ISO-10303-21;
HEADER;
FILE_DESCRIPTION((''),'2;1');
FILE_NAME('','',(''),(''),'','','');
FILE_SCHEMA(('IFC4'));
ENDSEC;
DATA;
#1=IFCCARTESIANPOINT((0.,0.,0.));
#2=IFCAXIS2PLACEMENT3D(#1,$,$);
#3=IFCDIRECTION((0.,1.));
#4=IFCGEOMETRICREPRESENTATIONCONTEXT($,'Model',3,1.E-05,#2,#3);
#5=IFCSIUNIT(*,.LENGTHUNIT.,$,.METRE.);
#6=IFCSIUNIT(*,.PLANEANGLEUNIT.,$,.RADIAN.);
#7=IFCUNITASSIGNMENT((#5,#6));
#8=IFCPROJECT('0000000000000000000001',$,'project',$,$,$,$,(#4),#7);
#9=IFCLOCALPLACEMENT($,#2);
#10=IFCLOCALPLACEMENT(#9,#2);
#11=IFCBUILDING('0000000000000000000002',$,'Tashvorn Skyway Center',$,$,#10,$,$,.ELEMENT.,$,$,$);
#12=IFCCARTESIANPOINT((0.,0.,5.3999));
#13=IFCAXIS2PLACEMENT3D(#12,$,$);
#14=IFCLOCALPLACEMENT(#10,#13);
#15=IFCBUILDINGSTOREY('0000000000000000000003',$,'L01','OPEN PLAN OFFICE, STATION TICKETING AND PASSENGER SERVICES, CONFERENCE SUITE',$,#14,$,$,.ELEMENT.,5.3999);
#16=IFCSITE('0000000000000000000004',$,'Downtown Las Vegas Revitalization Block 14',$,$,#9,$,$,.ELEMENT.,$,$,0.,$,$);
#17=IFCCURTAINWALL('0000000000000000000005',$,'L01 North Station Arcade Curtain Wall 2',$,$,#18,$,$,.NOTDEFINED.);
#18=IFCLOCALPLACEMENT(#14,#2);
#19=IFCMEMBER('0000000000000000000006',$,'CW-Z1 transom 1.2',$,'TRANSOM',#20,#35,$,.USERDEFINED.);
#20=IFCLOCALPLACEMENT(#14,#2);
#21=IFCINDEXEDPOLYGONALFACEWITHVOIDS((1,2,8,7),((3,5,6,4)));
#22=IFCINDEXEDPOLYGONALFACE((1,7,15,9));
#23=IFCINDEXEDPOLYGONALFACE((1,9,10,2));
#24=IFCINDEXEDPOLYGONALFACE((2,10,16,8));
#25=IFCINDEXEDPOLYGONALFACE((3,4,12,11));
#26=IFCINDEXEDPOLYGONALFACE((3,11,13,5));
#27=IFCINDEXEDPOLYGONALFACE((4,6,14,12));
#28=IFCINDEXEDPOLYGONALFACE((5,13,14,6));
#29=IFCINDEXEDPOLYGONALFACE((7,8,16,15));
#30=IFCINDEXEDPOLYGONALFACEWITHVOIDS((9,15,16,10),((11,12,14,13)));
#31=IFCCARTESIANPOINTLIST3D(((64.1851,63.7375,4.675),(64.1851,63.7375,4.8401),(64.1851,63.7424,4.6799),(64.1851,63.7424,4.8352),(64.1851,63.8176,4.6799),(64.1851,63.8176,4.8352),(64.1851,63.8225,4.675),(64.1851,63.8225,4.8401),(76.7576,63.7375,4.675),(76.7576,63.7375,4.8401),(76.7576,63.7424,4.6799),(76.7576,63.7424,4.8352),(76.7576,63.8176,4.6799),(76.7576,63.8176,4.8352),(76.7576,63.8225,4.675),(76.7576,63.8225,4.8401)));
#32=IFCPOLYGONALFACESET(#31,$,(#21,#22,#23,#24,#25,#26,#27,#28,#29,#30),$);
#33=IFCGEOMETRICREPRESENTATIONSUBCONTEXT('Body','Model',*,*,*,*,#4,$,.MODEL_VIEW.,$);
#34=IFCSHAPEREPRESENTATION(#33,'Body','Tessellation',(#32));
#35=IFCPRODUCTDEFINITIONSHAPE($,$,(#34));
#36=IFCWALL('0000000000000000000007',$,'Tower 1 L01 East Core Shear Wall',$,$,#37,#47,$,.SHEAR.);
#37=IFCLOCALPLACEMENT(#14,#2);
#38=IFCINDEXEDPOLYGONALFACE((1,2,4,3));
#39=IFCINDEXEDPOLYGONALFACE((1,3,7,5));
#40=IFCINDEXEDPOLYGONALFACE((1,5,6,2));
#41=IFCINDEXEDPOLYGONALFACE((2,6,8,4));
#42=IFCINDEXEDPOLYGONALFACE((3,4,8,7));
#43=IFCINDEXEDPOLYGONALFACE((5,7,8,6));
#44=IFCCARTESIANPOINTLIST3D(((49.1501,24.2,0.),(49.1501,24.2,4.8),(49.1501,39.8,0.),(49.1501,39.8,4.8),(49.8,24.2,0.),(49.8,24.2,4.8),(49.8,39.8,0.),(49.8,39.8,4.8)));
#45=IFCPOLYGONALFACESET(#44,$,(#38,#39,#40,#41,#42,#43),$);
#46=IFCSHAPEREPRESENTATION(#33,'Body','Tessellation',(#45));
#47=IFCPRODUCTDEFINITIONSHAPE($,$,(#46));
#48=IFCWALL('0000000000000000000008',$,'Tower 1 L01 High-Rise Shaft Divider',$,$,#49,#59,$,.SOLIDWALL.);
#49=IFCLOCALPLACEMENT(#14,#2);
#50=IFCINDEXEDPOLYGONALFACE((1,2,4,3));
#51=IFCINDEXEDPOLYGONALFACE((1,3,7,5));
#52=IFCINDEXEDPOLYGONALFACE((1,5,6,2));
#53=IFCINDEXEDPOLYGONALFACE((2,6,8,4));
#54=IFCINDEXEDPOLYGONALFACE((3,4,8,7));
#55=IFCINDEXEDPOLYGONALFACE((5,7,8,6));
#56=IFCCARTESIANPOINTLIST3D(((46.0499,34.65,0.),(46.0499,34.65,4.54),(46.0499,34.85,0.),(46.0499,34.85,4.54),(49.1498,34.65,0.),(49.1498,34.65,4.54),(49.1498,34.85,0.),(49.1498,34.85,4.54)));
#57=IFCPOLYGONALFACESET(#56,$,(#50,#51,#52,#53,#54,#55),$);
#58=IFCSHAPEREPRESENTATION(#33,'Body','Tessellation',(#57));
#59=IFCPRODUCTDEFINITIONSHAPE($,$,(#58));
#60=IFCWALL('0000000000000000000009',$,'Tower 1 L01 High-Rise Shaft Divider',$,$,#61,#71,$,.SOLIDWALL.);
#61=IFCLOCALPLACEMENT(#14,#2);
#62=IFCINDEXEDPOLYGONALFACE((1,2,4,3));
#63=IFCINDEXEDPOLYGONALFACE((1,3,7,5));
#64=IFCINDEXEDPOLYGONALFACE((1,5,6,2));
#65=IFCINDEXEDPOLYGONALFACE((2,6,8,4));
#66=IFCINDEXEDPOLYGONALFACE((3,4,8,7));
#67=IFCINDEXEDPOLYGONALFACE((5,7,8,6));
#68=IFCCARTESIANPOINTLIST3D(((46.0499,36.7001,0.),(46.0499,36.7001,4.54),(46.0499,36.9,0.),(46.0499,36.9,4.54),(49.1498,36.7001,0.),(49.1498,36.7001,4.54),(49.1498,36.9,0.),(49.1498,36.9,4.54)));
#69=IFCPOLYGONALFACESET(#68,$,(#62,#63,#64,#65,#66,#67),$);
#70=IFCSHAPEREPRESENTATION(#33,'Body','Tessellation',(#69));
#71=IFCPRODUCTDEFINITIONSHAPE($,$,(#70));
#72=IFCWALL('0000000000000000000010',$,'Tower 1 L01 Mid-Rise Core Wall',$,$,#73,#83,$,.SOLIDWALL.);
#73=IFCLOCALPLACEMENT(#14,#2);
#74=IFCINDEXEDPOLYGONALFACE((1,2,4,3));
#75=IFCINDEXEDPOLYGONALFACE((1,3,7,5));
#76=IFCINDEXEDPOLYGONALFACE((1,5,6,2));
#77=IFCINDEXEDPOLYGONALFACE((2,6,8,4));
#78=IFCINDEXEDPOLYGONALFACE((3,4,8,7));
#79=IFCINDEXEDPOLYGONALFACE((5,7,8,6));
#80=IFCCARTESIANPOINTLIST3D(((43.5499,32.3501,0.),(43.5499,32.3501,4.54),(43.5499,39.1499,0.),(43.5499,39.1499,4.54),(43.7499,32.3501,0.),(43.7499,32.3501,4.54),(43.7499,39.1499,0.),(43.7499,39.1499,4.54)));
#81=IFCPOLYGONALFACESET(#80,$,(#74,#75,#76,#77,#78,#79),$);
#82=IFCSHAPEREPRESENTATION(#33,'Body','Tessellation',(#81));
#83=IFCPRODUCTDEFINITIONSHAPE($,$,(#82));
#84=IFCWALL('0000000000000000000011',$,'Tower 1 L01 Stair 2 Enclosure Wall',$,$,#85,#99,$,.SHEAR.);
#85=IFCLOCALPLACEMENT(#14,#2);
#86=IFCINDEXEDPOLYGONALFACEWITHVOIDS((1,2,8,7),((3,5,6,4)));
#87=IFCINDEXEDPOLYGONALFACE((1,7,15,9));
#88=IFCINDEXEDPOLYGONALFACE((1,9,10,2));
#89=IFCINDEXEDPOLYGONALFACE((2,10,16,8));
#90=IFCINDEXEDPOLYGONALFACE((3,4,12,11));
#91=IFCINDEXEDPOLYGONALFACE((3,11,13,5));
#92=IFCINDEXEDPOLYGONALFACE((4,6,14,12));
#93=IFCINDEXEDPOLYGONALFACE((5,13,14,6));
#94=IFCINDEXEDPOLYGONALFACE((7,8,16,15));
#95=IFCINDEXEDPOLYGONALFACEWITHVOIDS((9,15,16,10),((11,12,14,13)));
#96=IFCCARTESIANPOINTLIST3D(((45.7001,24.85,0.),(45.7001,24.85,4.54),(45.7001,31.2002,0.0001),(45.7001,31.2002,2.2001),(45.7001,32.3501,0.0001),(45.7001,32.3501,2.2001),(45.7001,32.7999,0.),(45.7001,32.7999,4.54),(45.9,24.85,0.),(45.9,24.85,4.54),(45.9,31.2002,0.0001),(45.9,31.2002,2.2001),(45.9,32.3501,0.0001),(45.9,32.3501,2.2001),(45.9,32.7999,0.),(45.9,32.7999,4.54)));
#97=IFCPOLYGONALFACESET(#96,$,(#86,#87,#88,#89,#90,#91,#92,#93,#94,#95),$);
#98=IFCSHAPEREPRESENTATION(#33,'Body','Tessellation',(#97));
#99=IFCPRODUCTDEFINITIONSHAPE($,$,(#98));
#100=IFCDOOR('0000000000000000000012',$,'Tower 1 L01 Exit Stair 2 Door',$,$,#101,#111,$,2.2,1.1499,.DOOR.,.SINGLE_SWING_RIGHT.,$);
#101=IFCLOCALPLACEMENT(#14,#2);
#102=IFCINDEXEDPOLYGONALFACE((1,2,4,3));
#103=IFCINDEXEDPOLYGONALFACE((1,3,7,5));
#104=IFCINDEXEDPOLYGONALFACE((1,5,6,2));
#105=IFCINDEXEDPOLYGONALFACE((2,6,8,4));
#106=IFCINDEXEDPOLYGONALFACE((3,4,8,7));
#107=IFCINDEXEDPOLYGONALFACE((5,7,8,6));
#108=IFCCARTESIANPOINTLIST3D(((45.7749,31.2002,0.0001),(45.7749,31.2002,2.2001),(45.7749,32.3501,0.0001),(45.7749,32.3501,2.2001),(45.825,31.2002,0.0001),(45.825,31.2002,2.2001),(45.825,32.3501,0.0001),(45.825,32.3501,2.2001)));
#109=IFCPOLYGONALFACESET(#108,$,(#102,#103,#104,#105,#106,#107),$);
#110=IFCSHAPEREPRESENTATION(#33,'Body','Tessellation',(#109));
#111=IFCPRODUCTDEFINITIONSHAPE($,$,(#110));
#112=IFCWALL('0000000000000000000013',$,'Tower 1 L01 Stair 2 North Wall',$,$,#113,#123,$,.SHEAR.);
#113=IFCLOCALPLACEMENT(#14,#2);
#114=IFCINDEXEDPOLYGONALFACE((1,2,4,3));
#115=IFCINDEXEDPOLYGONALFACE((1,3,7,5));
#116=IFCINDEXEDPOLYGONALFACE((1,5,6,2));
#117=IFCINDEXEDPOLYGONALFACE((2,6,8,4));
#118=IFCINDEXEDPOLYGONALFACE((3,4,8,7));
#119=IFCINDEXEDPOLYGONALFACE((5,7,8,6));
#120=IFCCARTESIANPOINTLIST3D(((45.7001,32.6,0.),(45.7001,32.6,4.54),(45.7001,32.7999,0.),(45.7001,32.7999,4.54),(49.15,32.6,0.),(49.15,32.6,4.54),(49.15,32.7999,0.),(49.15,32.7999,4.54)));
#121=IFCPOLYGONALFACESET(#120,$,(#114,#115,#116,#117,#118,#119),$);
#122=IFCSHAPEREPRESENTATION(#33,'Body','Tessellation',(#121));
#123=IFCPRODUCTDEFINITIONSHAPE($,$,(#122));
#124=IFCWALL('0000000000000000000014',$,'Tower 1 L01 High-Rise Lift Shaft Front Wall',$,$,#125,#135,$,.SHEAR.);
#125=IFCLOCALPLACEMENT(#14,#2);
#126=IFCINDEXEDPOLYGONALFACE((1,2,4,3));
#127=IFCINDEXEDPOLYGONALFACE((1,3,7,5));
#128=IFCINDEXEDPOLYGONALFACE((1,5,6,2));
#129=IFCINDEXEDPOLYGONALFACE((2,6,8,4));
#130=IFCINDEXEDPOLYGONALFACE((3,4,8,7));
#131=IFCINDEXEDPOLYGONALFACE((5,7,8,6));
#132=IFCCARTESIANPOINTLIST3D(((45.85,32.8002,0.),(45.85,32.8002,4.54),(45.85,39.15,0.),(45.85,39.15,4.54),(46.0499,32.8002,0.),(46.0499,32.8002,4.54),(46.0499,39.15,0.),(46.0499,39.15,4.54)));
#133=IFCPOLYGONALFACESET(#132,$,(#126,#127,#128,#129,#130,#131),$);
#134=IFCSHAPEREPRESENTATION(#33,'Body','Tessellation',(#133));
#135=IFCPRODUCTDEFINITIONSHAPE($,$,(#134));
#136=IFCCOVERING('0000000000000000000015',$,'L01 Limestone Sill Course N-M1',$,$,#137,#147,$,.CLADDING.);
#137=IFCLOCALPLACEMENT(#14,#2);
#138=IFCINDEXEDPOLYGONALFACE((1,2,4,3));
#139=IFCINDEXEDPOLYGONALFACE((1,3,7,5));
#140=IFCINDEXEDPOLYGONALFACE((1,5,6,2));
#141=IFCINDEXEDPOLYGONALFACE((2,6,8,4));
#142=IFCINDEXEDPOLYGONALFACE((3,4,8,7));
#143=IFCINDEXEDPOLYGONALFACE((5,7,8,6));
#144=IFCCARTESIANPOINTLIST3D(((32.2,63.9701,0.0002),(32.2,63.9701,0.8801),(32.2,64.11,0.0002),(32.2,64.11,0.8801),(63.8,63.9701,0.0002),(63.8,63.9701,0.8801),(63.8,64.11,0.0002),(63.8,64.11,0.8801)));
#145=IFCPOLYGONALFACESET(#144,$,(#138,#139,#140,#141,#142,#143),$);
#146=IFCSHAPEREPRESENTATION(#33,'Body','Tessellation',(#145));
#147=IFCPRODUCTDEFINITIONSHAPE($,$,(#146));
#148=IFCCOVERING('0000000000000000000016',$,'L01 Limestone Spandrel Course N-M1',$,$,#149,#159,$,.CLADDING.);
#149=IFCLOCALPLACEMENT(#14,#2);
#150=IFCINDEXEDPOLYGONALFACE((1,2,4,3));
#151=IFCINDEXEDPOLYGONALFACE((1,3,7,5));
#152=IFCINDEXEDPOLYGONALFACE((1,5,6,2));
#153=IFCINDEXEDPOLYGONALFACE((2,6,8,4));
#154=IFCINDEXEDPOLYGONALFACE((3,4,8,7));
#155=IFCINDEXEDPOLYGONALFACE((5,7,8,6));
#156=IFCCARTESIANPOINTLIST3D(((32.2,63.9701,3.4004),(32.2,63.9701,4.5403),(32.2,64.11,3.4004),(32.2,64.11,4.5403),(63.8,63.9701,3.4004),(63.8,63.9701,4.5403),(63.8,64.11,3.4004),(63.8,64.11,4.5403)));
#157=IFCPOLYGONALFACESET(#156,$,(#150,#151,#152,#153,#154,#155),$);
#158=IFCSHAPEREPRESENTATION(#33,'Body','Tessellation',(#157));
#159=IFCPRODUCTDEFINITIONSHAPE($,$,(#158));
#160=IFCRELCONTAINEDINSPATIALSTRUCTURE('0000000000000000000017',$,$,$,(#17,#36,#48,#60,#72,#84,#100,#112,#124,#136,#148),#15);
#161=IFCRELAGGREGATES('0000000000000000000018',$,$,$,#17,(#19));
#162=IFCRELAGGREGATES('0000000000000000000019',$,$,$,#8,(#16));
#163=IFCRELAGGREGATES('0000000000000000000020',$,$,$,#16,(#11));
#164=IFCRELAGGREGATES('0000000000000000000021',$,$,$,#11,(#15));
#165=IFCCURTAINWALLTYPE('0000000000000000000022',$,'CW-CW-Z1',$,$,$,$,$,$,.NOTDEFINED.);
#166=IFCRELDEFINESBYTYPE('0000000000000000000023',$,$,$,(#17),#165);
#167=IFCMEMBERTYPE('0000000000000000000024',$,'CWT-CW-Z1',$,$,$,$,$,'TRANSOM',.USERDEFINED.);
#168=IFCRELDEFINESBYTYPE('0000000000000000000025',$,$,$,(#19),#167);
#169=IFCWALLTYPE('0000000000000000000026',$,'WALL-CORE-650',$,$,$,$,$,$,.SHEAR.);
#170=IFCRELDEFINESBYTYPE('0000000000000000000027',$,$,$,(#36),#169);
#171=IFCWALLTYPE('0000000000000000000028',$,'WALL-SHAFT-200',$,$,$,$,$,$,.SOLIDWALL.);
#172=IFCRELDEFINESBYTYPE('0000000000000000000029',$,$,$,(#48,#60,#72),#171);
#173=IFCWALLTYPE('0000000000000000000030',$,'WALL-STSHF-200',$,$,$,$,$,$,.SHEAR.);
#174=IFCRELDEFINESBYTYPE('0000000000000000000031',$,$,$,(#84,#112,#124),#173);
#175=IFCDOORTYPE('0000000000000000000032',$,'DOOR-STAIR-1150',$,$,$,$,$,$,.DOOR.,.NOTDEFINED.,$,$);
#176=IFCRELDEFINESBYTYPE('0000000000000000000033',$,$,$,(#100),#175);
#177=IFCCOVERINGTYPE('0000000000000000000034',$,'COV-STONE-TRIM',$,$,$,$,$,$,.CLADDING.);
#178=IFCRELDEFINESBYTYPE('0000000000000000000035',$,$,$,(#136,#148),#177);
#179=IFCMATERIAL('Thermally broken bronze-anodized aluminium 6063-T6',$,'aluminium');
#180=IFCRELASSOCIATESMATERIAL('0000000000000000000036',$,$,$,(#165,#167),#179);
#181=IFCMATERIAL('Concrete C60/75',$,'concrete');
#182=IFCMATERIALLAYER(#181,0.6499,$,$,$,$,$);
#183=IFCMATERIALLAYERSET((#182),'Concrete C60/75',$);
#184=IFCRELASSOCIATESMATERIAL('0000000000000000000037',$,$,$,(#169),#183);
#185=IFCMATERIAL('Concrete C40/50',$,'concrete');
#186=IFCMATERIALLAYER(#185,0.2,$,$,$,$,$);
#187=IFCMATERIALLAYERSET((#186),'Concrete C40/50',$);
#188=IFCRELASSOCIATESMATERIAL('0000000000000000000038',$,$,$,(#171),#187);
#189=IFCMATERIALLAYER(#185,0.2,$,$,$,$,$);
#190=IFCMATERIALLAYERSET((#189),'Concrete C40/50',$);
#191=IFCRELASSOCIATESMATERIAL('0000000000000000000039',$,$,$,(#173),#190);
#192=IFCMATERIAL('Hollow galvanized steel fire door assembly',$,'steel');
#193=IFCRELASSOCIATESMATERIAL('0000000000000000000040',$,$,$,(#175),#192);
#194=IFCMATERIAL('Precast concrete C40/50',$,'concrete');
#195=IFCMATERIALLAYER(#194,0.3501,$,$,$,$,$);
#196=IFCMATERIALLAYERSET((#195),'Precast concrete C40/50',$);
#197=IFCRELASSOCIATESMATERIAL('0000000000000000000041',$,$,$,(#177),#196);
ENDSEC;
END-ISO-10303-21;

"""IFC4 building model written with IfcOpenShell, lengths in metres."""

from ifc_helpers import new_model, si_unit, direction, frame, frame_2d, origin, origin_2d, place, context, subcontext, project, spatial, rectangle, hollow_rectangle, extrude, material, layer, layer_set, material_profile, profile_set, type_object, element, fill, aggregate, save


model = new_model("IFC4")

# Units and contexts
model_context = context("Model", 3, precision=1e-05, world=origin(), true_north=direction((0.0, 1.0)))
body_context = subcontext(model_context, "Body", "Model", "MODEL_VIEW")
ifc_project = project(units=[si_unit("LENGTHUNIT", "METRE"), si_unit("PLANEANGLEUNIT", "RADIAN")], contexts=[model_context])

# Site, building, storey
site_placement = place(None, origin())
site = spatial("IfcSite", under=ifc_project, at=site_placement, Name="Downtown Las Vegas Revitalization Block 14", CompositionType="ELEMENT", RefElevation=0.0)
building_placement = place(site_placement, origin())
building = spatial("IfcBuilding", under=site, at=building_placement, Name="Tashvorn Skyway Center", CompositionType="ELEMENT")
storey_placement = place(building_placement, frame((0.0, 0.0, 5.3999)))
storey = spatial("IfcBuildingStorey", under=building, at=storey_placement, Name="L01", Description="OPEN PLAN OFFICE, STATION TICKETING AND PASSENGER SERVICES, CONFERENCE SUITE", CompositionType="ELEMENT", Elevation=5.3999)

# Shared definitions
ifc_material_1 = material(Name="Precast concrete C40/50", Category="concrete")

# Curtain wall, member
ifc_material_2 = material(Name="Thermally broken bronze-anodized aluminium 6063-T6", Category="aluminium")
curtain_wall_type = type_object("IfcCurtainWallType", Name="CW-CW-Z1", PredefinedType="NOTDEFINED", material=ifc_material_2)
curtain_wall_placement = place(storey_placement, origin())
curtain_wall = element("IfcCurtainWall", 1, at=curtain_wall_placement, inside=storey, type_object=curtain_wall_type, Name="L01 North Station Arcade Curtain Wall 2", PredefinedType="NOTDEFINED")
ifc_material_profile_1 = material_profile(ifc_material_2, hollow_rectangle(XDim=0.085, YDim=0.165, WallThickness=0.0049, at=origin_2d()), Name="ALU-TRAN-85x165")
ifc_profile_set_1 = profile_set([ifc_material_profile_1], Name="Thermally broken bronze-anodized aluminium 6063-T6")
member_type_1 = type_object("IfcMemberType", Name="CWT-CW-Z1", ElementType="TRANSOM", PredefinedType="USERDEFINED", material=ifc_profile_set_1)
member_1_placement = place(storey_placement, frame((64.1851, 63.78, 4.7576), z_axis=(1.0, 0.0, 0.0), x_axis=(0.0, 1.0, 0.0)))
member_1 = element("IfcMember", 2, at=member_1_placement, type_object=member_type_1, Name="CW-Z1 transom 1.2", ObjectType="TRANSOM", PredefinedType="USERDEFINED", context=body_context, shape_type="SweptSolid", body=[
    extrude(hollow_rectangle(XDim=0.085, YDim=0.165, WallThickness=0.0049, at=origin_2d()), origin(), (0.0, 0.0, 1.0), 12.5725),
])
aggregate(curtain_wall, [member_1])

# Walls
ifc_material_3 = material(Name="Concrete C60/75", Category="concrete")
ifc_layer_1 = layer(ifc_material_3, 0.6499)
ifc_layer_set_1 = layer_set([ifc_layer_1], Name="Concrete C60/75")
wall_type_1 = type_object("IfcWallType", Name="WALL-CORE-650", PredefinedType="SHEAR", material=ifc_layer_set_1)
wall_1_placement = place(storey_placement, frame((49.4751, 39.8, 0.0), z_axis=(0.0, 0.0, 1.0), x_axis=(0.0, -1.0, 0.0)))
element("IfcWall", 3, at=wall_1_placement, inside=storey, type_object=wall_type_1, Name="Tower 1 L01 East Core Shear Wall", PredefinedType="SHEAR", context=body_context, shape_type="SweptSolid", body=[
    extrude(rectangle(XDim=15.6001, YDim=0.6499, at=frame_2d((7.8, 0.0))), origin(), (0.0, 0.0, 1.0), 4.8),
])
ifc_material_4 = material(Name="Concrete C40/50", Category="concrete")
ifc_layer_2 = layer(ifc_material_4, 0.2)
ifc_layer_set_2 = layer_set([ifc_layer_2], Name="Concrete C40/50")
wall_type_2 = type_object("IfcWallType", Name="WALL-SHAFT-200", PredefinedType="SOLIDWALL", material=ifc_layer_set_2)
for number, where, z_axis, x_axis, name in (
    (4, (46.05, 34.75, 0.0), (0.0, 0.0, 1.0), (1.0, 0.0, 0.0), "Tower 1 L01 High-Rise Shaft Divider"),
    (5, (46.05, 36.8, 0.0), (0.0, 0.0, 1.0), (1.0, 0.0, 0.0), "Tower 1 L01 High-Rise Shaft Divider"),
):
    element("IfcWall", number, at=place(storey_placement, frame(where, z_axis=z_axis, x_axis=x_axis)), inside=storey, type_object=wall_type_2, Name=name, PredefinedType="SOLIDWALL", context=body_context, shape_type="SweptSolid", body=[
        extrude(rectangle(XDim=3.0999, YDim=0.2, at=frame_2d((1.5498, 0.0))), origin(), (0.0, 0.0, 1.0), 4.54),
    ])
wall_2_placement = place(storey_placement, frame((43.6499, 32.3501, 0.0), z_axis=(0.0, 0.0, 1.0), x_axis=(0.0, 1.0, 0.0)))
element("IfcWall", 6, at=wall_2_placement, inside=storey, type_object=wall_type_2, Name="Tower 1 L01 Mid-Rise Core Wall", PredefinedType="SOLIDWALL", context=body_context, shape_type="SweptSolid", body=[
    extrude(rectangle(XDim=6.7998, YDim=0.2, at=frame_2d((3.3999, 0.0))), origin(), (0.0, 0.0, 1.0), 4.54),
])

# Wall, opening, door
ifc_layer_3 = layer(ifc_material_4, 0.2)
ifc_layer_set_3 = layer_set([ifc_layer_3], Name="Concrete C40/50")
wall_type_3 = type_object("IfcWallType", Name="WALL-STSHF-200", PredefinedType="SHEAR", material=ifc_layer_set_3)
wall_3_placement = place(storey_placement, frame((45.8, 32.8, 0.0), z_axis=(0.0, 0.0, 1.0), x_axis=(0.0, -1.0, 0.0)))
wall_3 = element("IfcWall", 7, at=wall_3_placement, inside=storey, type_object=wall_type_3, Name="Tower 1 L01 Stair 2 Enclosure Wall", PredefinedType="SHEAR", context=body_context, shape_type="SweptSolid", body=[
    extrude(rectangle(XDim=7.95, YDim=0.2, at=frame_2d((3.9751, 0.0))), origin(), (0.0, 0.0, 1.0), 4.54),
])
opening_placement = place(wall_3_placement, frame((0.45, 0.0, 0.0)))
opening = element("IfcOpeningElement", 8, at=opening_placement, cuts=wall_3, PredefinedType="OPENING", context=body_context, shape_type="SweptSolid", body=[
    extrude(rectangle(XDim=1.1499, YDim=2.2, at=frame_2d((0.575, 1.1001))), frame((0.0, 0.1099, 0.0), z_axis=(0.0, -1.0, 0.0), x_axis=(1.0, 0.0, 0.0)), (0.0, 0.0, 1.0), 0.22),
])
ifc_material_5 = material(Name="Hollow galvanized steel fire door assembly", Category="steel")
door_type = type_object("IfcDoorType", Name="DOOR-STAIR-1150", OperationType="NOTDEFINED", PredefinedType="DOOR", material=ifc_material_5)
door_placement = place(opening_placement, origin())
door = element("IfcDoor", 9, at=door_placement, inside=storey, type_object=door_type, Name="Tower 1 L01 Exit Stair 2 Door", OperationType="SINGLE_SWING_RIGHT", OverallHeight=2.2, OverallWidth=1.1499, PredefinedType="DOOR", context=body_context, shape_type="SweptSolid", body=[
    extrude(rectangle(XDim=1.1499, YDim=2.2, at=frame_2d((0.575, 1.1001))), frame((0.0, 0.0249, 0.0), z_axis=(0.0, -1.0, 0.0), x_axis=(1.0, 0.0, 0.0)), (0.0, 0.0, 1.0), 0.05),
])
fill(opening, door)

# Walls
wall_4_placement = place(storey_placement, frame((45.7, 32.7, 0.0), z_axis=(0.0, 0.0, 1.0), x_axis=(1.0, 0.0, 0.0)))
element("IfcWall", 10, at=wall_4_placement, inside=storey, type_object=wall_type_3, Name="Tower 1 L01 Stair 2 North Wall", PredefinedType="SHEAR", context=body_context, shape_type="SweptSolid", body=[
    extrude(rectangle(XDim=3.45, YDim=0.2, at=frame_2d((1.7251, 0.0))), origin(), (0.0, 0.0, 1.0), 4.54),
])
wall_5_placement = place(storey_placement, frame((45.95, 39.1499, 0.0), z_axis=(0.0, 0.0, 1.0), x_axis=(0.0, -1.0, 0.0)))
element("IfcWall", 11, at=wall_5_placement, inside=storey, type_object=wall_type_3, Name="Tower 1 L01 High-Rise Lift Shaft Front Wall", PredefinedType="SHEAR", context=body_context, shape_type="SweptSolid", body=[
    extrude(rectangle(XDim=6.3499, YDim=0.2, at=frame_2d((3.1748, 0.0))), origin(), (0.0, 0.0, 1.0), 4.54),
])

# Coverings
ifc_layer_4 = layer(ifc_material_1, 0.3501)
ifc_layer_set_4 = layer_set([ifc_layer_4], Name="Precast concrete C40/50")
covering_type = type_object("IfcCoveringType", Name="COV-STONE-TRIM", PredefinedType="CLADDING", material=ifc_layer_set_4)
covering_1_placement = place(storey_placement, frame((48.0, 64.04, 0.0002), z_axis=(0.0, 0.0, 1.0), x_axis=(1.0, 0.0, 0.0)))
element("IfcCovering", 12, at=covering_1_placement, inside=storey, type_object=covering_type, Name="L01 Limestone Sill Course N-M1", PredefinedType="CLADDING", context=body_context, shape_type="SweptSolid", body=[
    extrude(rectangle(XDim=31.6001, YDim=0.1399, at=origin_2d()), origin(), (0.0, 0.0, 1.0), 0.8799),
])
covering_2_placement = place(storey_placement, frame((48.0, 64.04, 3.4004), z_axis=(0.0, 0.0, 1.0), x_axis=(1.0, 0.0, 0.0)))
element("IfcCovering", 13, at=covering_2_placement, inside=storey, type_object=covering_type, Name="L01 Limestone Spandrel Course N-M1", PredefinedType="CLADDING", context=body_context, shape_type="SweptSolid", body=[
    extrude(rectangle(XDim=31.6001, YDim=0.1399, at=origin_2d()), origin(), (0.0, 0.0, 1.0), 1.1399),
])

save(model, "model.ifc")
